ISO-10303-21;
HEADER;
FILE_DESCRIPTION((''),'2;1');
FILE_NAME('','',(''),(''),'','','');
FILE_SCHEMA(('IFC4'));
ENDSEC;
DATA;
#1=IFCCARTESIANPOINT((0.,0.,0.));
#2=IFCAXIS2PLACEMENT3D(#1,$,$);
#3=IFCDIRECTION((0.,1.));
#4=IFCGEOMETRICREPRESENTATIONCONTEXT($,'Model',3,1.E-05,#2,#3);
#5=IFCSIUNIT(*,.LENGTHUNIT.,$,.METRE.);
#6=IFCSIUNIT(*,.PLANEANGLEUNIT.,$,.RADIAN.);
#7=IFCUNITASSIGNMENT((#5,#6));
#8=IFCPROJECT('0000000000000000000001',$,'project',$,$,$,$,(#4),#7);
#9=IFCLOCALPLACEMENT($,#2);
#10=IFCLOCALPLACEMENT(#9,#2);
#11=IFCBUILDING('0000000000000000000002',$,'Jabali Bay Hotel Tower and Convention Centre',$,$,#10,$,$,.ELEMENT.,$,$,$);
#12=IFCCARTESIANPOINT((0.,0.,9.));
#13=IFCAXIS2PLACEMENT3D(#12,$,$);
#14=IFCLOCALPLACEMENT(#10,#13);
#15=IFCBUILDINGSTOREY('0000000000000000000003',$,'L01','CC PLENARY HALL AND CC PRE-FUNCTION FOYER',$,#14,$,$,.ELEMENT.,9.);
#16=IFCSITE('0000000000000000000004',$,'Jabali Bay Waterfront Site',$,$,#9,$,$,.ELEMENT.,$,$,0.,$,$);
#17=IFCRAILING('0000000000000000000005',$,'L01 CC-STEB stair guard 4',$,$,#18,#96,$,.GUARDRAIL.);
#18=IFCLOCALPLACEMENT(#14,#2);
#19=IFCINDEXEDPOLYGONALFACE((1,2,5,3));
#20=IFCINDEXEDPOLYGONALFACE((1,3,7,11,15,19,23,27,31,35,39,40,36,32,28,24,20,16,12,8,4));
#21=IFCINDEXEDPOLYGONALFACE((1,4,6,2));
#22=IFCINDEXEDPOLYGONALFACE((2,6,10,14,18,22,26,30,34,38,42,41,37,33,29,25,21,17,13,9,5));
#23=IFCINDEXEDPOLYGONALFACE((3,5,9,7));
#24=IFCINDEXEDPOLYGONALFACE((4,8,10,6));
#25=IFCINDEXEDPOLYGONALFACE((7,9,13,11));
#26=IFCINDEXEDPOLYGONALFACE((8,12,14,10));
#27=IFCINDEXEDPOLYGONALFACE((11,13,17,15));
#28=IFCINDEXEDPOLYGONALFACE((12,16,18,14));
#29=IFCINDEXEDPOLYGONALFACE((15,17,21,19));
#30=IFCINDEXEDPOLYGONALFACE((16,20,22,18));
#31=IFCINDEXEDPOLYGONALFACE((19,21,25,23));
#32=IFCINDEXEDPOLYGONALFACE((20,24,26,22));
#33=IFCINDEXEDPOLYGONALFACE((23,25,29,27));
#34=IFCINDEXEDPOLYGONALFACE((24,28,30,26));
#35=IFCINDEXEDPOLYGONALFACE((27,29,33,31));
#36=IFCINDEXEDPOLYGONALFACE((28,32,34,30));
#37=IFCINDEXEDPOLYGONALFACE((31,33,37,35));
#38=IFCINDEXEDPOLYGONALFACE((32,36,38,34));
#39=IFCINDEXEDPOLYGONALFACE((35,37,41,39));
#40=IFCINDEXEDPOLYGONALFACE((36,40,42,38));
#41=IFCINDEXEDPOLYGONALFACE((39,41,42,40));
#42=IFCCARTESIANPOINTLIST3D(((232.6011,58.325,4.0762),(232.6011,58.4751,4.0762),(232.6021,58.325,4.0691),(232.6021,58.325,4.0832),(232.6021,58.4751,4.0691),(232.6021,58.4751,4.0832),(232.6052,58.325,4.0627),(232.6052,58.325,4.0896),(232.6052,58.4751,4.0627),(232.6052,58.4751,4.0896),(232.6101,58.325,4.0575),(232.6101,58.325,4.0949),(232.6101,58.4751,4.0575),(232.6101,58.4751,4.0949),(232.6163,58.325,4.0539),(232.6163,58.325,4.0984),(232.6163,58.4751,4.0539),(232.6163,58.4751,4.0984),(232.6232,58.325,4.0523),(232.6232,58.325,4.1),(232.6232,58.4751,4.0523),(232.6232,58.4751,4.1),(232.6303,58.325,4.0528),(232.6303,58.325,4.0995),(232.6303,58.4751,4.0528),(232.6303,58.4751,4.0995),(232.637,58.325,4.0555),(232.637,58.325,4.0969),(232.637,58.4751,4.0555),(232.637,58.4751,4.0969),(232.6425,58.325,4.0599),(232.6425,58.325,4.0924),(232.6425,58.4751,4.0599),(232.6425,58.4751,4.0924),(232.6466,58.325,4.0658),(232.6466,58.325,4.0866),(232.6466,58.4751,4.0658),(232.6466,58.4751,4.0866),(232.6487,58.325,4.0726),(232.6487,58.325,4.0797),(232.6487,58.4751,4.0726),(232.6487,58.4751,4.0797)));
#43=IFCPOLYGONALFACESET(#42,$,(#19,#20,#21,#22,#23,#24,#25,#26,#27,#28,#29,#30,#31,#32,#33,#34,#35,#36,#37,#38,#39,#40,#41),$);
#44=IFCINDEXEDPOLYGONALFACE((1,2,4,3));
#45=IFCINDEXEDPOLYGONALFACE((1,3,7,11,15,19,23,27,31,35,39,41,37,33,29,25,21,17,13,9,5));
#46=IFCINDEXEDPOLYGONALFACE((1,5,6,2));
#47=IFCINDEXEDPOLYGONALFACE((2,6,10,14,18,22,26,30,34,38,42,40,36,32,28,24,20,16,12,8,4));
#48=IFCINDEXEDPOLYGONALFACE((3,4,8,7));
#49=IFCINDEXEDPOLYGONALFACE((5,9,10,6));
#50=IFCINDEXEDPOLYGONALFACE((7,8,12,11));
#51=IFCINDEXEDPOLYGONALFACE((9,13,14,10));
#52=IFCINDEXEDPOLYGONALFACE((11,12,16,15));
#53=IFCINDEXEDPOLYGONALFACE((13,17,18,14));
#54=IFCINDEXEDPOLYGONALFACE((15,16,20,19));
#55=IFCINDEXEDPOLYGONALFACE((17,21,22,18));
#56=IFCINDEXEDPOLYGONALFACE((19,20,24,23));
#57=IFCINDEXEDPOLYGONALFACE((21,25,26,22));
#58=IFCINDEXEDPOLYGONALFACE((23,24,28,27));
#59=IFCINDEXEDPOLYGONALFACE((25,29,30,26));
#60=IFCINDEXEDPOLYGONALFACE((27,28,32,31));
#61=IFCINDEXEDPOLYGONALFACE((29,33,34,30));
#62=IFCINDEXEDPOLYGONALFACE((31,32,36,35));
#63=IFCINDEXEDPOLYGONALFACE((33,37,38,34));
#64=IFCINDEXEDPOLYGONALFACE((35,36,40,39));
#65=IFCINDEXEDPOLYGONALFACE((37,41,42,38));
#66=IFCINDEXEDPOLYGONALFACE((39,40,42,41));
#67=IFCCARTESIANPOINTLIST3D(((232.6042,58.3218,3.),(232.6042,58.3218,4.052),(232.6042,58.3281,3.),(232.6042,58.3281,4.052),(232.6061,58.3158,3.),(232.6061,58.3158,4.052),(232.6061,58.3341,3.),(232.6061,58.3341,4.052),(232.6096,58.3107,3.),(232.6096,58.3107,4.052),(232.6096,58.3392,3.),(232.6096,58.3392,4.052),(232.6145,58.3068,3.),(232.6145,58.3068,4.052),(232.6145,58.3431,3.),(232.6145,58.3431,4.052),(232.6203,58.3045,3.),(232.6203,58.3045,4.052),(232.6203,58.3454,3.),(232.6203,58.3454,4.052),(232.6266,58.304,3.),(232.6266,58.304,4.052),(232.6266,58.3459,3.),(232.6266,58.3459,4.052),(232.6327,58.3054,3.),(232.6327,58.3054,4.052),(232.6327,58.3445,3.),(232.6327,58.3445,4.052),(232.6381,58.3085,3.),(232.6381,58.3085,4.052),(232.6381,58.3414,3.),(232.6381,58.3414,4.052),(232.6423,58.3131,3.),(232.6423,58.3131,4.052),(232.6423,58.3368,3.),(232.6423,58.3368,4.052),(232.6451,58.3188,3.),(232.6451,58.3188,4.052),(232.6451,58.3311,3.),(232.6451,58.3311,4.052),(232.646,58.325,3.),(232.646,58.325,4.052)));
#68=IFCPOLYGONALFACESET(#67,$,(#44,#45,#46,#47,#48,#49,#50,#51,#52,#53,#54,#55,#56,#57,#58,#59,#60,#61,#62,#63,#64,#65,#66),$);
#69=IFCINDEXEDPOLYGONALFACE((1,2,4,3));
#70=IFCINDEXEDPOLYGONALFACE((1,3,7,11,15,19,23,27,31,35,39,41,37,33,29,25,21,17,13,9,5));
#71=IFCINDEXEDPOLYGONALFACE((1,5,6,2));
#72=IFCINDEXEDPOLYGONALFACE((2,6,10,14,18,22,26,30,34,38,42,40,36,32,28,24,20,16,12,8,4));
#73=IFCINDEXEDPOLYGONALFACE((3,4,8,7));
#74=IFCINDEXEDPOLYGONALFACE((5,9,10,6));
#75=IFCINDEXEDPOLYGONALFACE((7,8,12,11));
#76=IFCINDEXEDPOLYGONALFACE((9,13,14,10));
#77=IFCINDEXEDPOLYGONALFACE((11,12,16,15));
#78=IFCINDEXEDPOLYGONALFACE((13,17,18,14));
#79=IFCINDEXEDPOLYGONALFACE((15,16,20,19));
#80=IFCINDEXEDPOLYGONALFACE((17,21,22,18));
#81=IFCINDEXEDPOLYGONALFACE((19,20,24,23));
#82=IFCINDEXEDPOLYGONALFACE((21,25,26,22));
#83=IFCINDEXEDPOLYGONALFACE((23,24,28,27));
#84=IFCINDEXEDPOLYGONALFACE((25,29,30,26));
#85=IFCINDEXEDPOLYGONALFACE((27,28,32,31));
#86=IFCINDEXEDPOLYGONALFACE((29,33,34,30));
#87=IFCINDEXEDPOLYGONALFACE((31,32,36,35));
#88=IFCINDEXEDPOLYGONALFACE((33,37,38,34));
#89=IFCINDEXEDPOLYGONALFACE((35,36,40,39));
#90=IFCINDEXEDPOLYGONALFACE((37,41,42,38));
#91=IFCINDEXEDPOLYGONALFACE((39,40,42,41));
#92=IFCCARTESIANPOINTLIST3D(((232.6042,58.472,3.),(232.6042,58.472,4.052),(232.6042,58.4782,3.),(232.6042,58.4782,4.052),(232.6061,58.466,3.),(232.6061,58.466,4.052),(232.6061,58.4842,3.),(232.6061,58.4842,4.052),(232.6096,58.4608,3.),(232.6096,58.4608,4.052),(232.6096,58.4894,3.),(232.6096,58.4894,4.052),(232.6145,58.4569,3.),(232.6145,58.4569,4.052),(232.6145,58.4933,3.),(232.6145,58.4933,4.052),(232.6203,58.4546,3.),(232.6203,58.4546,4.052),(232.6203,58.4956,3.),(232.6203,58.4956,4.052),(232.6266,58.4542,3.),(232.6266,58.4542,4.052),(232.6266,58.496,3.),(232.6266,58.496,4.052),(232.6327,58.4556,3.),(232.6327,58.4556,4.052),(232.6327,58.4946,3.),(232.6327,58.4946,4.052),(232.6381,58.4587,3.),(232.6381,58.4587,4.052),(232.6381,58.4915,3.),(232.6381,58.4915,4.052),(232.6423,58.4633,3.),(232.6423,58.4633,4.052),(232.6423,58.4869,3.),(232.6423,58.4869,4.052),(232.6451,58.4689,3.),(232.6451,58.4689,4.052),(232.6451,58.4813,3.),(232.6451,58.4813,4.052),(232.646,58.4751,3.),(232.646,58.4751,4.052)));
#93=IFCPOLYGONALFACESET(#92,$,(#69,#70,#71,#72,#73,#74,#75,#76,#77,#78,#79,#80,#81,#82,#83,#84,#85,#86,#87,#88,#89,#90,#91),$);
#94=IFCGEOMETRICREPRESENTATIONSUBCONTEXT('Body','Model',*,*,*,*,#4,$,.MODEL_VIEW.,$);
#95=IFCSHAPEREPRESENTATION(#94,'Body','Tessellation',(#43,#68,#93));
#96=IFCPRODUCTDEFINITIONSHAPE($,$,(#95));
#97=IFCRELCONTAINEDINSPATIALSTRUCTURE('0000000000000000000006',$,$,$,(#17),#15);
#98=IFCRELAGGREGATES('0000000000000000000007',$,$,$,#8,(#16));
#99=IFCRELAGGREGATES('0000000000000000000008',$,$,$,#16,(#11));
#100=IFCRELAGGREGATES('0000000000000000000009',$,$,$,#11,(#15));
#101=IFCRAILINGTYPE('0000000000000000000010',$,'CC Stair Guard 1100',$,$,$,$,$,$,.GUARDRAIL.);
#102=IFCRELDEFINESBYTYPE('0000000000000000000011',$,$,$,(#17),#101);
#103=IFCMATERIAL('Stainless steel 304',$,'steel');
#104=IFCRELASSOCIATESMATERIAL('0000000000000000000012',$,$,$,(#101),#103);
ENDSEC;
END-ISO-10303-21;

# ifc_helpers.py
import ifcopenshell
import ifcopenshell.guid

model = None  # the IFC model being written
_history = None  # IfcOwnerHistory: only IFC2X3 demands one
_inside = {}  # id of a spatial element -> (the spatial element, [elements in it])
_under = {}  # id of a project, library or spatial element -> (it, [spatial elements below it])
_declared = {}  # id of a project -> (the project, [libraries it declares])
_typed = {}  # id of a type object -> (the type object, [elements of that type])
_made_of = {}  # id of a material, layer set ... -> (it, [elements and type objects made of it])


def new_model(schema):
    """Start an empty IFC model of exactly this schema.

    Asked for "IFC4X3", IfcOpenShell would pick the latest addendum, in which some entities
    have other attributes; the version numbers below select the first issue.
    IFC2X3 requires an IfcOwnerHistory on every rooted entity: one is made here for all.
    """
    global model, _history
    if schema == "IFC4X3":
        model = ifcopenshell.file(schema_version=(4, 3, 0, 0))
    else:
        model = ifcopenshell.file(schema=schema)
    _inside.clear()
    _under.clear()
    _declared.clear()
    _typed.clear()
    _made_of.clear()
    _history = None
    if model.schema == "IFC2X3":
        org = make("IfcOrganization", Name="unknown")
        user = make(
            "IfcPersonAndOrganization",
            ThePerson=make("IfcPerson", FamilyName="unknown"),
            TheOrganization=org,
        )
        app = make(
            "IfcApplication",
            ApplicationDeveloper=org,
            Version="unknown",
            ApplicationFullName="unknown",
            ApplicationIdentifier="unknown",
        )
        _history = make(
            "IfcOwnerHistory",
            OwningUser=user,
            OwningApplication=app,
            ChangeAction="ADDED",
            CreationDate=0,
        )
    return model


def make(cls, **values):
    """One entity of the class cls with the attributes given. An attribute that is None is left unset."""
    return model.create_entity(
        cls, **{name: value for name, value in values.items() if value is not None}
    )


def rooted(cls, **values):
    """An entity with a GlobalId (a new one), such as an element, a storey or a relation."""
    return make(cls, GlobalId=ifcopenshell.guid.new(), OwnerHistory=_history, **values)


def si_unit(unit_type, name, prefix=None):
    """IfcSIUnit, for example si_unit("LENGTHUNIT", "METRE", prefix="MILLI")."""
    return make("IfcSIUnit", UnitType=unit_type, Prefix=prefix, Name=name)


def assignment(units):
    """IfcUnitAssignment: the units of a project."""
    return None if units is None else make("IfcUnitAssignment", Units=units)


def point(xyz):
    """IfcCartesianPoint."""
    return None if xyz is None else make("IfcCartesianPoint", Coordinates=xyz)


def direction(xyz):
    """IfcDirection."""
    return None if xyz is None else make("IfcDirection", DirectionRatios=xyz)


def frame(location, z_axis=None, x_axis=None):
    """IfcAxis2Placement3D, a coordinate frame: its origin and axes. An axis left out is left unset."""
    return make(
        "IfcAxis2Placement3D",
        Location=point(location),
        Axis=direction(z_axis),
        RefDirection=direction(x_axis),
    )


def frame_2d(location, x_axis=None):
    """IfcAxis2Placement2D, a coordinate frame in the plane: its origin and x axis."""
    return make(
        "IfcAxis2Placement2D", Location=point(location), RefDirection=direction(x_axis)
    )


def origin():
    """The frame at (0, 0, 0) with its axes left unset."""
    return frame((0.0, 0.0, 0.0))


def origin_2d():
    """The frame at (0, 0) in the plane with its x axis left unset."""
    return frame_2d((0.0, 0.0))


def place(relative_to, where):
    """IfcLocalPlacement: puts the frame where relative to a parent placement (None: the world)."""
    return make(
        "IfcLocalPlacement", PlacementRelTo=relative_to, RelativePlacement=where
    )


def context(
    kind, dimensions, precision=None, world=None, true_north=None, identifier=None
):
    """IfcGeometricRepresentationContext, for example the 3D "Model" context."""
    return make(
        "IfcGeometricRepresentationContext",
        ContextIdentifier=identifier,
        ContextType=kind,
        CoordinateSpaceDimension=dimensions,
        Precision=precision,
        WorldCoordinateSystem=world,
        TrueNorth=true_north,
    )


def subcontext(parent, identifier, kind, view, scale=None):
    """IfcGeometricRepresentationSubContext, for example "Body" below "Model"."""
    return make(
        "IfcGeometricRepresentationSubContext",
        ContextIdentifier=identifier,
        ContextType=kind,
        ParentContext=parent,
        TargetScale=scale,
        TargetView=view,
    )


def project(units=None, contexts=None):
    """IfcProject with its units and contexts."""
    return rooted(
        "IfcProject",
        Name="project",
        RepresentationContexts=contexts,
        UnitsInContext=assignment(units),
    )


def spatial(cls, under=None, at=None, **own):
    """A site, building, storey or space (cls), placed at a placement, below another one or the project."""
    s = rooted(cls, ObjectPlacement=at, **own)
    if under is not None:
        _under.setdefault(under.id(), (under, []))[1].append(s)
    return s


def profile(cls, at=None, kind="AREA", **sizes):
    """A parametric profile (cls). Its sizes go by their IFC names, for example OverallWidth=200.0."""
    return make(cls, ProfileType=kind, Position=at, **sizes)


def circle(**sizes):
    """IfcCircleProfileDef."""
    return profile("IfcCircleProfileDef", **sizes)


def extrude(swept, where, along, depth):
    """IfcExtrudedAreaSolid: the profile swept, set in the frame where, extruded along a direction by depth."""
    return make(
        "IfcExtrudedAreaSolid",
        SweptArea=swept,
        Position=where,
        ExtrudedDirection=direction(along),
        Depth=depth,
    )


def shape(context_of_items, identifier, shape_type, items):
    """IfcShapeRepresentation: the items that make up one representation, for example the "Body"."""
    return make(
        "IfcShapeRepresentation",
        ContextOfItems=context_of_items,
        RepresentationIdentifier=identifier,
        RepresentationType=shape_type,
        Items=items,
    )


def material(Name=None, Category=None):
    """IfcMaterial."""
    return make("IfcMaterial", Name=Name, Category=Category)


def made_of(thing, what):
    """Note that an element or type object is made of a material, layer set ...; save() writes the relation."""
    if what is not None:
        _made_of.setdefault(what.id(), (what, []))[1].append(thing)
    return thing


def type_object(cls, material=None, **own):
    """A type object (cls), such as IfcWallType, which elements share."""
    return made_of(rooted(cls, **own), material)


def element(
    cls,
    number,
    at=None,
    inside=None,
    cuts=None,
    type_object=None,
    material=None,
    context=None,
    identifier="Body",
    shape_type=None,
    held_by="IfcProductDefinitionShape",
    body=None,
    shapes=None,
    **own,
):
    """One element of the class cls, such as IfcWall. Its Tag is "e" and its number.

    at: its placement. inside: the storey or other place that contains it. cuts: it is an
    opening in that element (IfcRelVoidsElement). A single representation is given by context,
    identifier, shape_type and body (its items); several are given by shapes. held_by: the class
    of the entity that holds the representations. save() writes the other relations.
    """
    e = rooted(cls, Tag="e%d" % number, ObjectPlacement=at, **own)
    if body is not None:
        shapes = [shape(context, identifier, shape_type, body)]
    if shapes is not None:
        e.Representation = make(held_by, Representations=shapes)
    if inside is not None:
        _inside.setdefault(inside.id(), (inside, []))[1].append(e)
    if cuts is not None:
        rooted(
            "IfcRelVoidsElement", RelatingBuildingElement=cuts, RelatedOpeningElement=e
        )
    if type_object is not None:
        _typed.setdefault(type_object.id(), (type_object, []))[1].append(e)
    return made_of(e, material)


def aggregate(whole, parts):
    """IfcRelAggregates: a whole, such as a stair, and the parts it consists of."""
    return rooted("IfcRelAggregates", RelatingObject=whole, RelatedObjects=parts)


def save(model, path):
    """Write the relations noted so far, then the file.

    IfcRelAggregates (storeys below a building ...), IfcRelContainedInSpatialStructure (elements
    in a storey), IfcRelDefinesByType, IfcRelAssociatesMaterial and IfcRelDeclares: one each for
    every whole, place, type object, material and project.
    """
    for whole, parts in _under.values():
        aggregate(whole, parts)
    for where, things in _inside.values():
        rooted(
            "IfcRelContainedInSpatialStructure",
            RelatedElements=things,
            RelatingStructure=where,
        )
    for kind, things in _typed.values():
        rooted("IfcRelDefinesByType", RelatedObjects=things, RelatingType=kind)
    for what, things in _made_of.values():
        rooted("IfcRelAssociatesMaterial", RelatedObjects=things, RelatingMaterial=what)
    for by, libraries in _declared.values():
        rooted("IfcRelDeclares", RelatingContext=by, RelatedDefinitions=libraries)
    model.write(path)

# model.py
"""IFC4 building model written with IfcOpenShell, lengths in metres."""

from ifc_helpers import new_model, si_unit, direction, frame, origin, origin_2d, place, context, subcontext, project, spatial, circle, extrude, material, type_object, element, save


model = new_model("IFC4")

# Units and contexts
model_context = context("Model", 3, precision=1e-05, world=origin(), true_north=direction((0.0, 1.0)))
body_context = subcontext(model_context, "Body", "Model", "MODEL_VIEW")
ifc_project = project(units=[si_unit("LENGTHUNIT", "METRE"), si_unit("PLANEANGLEUNIT", "RADIAN")], contexts=[model_context])

# Site, building, storey
site_placement = place(None, origin())
site = spatial("IfcSite", under=ifc_project, at=site_placement, Name="Jabali Bay Waterfront Site", CompositionType="ELEMENT", RefElevation=0.0)
building_placement = place(site_placement, origin())
building = spatial("IfcBuilding", under=site, at=building_placement, Name="Jabali Bay Hotel Tower and Convention Centre", CompositionType="ELEMENT")
storey_placement = place(building_placement, frame((0.0, 0.0, 9.0)))
storey = spatial("IfcBuildingStorey", under=building, at=storey_placement, Name="L01", Description="CC PLENARY HALL AND CC PRE-FUNCTION FOYER", CompositionType="ELEMENT", Elevation=9.0)

# Railing
ifc_material_1 = material(Name="Stainless steel 304", Category="steel")
railing_type_1 = type_object("IfcRailingType", Name="CC Stair Guard 1100", PredefinedType="GUARDRAIL", material=ifc_material_1)
railing_1_placement = place(storey_placement, frame((232.625, 58.325, 3.0)))
element("IfcRailing", 1, at=railing_1_placement, inside=storey, type_object=railing_type_1, Name="L01 CC-STEB stair guard 4", PredefinedType="GUARDRAIL", context=body_context, shape_type="SweptSolid", body=[
    extrude(circle(Radius=0.0239, at=origin_2d()), frame((0.0, 0.0, 1.0762), z_axis=(0.0, 1.0, 0.0), x_axis=(-1.0, 0.0, 0.0)), (0.0, 0.0, 1.0), 0.1501),
    extrude(circle(Radius=0.021, at=origin_2d()), origin(), (0.0, 0.0, 1.0), 1.052),
    extrude(circle(Radius=0.021, at=origin_2d()), frame((0.0, 0.1501, 0.0)), (0.0, 0.0, 1.0), 1.052),
])

save(model, "model.ifc")
